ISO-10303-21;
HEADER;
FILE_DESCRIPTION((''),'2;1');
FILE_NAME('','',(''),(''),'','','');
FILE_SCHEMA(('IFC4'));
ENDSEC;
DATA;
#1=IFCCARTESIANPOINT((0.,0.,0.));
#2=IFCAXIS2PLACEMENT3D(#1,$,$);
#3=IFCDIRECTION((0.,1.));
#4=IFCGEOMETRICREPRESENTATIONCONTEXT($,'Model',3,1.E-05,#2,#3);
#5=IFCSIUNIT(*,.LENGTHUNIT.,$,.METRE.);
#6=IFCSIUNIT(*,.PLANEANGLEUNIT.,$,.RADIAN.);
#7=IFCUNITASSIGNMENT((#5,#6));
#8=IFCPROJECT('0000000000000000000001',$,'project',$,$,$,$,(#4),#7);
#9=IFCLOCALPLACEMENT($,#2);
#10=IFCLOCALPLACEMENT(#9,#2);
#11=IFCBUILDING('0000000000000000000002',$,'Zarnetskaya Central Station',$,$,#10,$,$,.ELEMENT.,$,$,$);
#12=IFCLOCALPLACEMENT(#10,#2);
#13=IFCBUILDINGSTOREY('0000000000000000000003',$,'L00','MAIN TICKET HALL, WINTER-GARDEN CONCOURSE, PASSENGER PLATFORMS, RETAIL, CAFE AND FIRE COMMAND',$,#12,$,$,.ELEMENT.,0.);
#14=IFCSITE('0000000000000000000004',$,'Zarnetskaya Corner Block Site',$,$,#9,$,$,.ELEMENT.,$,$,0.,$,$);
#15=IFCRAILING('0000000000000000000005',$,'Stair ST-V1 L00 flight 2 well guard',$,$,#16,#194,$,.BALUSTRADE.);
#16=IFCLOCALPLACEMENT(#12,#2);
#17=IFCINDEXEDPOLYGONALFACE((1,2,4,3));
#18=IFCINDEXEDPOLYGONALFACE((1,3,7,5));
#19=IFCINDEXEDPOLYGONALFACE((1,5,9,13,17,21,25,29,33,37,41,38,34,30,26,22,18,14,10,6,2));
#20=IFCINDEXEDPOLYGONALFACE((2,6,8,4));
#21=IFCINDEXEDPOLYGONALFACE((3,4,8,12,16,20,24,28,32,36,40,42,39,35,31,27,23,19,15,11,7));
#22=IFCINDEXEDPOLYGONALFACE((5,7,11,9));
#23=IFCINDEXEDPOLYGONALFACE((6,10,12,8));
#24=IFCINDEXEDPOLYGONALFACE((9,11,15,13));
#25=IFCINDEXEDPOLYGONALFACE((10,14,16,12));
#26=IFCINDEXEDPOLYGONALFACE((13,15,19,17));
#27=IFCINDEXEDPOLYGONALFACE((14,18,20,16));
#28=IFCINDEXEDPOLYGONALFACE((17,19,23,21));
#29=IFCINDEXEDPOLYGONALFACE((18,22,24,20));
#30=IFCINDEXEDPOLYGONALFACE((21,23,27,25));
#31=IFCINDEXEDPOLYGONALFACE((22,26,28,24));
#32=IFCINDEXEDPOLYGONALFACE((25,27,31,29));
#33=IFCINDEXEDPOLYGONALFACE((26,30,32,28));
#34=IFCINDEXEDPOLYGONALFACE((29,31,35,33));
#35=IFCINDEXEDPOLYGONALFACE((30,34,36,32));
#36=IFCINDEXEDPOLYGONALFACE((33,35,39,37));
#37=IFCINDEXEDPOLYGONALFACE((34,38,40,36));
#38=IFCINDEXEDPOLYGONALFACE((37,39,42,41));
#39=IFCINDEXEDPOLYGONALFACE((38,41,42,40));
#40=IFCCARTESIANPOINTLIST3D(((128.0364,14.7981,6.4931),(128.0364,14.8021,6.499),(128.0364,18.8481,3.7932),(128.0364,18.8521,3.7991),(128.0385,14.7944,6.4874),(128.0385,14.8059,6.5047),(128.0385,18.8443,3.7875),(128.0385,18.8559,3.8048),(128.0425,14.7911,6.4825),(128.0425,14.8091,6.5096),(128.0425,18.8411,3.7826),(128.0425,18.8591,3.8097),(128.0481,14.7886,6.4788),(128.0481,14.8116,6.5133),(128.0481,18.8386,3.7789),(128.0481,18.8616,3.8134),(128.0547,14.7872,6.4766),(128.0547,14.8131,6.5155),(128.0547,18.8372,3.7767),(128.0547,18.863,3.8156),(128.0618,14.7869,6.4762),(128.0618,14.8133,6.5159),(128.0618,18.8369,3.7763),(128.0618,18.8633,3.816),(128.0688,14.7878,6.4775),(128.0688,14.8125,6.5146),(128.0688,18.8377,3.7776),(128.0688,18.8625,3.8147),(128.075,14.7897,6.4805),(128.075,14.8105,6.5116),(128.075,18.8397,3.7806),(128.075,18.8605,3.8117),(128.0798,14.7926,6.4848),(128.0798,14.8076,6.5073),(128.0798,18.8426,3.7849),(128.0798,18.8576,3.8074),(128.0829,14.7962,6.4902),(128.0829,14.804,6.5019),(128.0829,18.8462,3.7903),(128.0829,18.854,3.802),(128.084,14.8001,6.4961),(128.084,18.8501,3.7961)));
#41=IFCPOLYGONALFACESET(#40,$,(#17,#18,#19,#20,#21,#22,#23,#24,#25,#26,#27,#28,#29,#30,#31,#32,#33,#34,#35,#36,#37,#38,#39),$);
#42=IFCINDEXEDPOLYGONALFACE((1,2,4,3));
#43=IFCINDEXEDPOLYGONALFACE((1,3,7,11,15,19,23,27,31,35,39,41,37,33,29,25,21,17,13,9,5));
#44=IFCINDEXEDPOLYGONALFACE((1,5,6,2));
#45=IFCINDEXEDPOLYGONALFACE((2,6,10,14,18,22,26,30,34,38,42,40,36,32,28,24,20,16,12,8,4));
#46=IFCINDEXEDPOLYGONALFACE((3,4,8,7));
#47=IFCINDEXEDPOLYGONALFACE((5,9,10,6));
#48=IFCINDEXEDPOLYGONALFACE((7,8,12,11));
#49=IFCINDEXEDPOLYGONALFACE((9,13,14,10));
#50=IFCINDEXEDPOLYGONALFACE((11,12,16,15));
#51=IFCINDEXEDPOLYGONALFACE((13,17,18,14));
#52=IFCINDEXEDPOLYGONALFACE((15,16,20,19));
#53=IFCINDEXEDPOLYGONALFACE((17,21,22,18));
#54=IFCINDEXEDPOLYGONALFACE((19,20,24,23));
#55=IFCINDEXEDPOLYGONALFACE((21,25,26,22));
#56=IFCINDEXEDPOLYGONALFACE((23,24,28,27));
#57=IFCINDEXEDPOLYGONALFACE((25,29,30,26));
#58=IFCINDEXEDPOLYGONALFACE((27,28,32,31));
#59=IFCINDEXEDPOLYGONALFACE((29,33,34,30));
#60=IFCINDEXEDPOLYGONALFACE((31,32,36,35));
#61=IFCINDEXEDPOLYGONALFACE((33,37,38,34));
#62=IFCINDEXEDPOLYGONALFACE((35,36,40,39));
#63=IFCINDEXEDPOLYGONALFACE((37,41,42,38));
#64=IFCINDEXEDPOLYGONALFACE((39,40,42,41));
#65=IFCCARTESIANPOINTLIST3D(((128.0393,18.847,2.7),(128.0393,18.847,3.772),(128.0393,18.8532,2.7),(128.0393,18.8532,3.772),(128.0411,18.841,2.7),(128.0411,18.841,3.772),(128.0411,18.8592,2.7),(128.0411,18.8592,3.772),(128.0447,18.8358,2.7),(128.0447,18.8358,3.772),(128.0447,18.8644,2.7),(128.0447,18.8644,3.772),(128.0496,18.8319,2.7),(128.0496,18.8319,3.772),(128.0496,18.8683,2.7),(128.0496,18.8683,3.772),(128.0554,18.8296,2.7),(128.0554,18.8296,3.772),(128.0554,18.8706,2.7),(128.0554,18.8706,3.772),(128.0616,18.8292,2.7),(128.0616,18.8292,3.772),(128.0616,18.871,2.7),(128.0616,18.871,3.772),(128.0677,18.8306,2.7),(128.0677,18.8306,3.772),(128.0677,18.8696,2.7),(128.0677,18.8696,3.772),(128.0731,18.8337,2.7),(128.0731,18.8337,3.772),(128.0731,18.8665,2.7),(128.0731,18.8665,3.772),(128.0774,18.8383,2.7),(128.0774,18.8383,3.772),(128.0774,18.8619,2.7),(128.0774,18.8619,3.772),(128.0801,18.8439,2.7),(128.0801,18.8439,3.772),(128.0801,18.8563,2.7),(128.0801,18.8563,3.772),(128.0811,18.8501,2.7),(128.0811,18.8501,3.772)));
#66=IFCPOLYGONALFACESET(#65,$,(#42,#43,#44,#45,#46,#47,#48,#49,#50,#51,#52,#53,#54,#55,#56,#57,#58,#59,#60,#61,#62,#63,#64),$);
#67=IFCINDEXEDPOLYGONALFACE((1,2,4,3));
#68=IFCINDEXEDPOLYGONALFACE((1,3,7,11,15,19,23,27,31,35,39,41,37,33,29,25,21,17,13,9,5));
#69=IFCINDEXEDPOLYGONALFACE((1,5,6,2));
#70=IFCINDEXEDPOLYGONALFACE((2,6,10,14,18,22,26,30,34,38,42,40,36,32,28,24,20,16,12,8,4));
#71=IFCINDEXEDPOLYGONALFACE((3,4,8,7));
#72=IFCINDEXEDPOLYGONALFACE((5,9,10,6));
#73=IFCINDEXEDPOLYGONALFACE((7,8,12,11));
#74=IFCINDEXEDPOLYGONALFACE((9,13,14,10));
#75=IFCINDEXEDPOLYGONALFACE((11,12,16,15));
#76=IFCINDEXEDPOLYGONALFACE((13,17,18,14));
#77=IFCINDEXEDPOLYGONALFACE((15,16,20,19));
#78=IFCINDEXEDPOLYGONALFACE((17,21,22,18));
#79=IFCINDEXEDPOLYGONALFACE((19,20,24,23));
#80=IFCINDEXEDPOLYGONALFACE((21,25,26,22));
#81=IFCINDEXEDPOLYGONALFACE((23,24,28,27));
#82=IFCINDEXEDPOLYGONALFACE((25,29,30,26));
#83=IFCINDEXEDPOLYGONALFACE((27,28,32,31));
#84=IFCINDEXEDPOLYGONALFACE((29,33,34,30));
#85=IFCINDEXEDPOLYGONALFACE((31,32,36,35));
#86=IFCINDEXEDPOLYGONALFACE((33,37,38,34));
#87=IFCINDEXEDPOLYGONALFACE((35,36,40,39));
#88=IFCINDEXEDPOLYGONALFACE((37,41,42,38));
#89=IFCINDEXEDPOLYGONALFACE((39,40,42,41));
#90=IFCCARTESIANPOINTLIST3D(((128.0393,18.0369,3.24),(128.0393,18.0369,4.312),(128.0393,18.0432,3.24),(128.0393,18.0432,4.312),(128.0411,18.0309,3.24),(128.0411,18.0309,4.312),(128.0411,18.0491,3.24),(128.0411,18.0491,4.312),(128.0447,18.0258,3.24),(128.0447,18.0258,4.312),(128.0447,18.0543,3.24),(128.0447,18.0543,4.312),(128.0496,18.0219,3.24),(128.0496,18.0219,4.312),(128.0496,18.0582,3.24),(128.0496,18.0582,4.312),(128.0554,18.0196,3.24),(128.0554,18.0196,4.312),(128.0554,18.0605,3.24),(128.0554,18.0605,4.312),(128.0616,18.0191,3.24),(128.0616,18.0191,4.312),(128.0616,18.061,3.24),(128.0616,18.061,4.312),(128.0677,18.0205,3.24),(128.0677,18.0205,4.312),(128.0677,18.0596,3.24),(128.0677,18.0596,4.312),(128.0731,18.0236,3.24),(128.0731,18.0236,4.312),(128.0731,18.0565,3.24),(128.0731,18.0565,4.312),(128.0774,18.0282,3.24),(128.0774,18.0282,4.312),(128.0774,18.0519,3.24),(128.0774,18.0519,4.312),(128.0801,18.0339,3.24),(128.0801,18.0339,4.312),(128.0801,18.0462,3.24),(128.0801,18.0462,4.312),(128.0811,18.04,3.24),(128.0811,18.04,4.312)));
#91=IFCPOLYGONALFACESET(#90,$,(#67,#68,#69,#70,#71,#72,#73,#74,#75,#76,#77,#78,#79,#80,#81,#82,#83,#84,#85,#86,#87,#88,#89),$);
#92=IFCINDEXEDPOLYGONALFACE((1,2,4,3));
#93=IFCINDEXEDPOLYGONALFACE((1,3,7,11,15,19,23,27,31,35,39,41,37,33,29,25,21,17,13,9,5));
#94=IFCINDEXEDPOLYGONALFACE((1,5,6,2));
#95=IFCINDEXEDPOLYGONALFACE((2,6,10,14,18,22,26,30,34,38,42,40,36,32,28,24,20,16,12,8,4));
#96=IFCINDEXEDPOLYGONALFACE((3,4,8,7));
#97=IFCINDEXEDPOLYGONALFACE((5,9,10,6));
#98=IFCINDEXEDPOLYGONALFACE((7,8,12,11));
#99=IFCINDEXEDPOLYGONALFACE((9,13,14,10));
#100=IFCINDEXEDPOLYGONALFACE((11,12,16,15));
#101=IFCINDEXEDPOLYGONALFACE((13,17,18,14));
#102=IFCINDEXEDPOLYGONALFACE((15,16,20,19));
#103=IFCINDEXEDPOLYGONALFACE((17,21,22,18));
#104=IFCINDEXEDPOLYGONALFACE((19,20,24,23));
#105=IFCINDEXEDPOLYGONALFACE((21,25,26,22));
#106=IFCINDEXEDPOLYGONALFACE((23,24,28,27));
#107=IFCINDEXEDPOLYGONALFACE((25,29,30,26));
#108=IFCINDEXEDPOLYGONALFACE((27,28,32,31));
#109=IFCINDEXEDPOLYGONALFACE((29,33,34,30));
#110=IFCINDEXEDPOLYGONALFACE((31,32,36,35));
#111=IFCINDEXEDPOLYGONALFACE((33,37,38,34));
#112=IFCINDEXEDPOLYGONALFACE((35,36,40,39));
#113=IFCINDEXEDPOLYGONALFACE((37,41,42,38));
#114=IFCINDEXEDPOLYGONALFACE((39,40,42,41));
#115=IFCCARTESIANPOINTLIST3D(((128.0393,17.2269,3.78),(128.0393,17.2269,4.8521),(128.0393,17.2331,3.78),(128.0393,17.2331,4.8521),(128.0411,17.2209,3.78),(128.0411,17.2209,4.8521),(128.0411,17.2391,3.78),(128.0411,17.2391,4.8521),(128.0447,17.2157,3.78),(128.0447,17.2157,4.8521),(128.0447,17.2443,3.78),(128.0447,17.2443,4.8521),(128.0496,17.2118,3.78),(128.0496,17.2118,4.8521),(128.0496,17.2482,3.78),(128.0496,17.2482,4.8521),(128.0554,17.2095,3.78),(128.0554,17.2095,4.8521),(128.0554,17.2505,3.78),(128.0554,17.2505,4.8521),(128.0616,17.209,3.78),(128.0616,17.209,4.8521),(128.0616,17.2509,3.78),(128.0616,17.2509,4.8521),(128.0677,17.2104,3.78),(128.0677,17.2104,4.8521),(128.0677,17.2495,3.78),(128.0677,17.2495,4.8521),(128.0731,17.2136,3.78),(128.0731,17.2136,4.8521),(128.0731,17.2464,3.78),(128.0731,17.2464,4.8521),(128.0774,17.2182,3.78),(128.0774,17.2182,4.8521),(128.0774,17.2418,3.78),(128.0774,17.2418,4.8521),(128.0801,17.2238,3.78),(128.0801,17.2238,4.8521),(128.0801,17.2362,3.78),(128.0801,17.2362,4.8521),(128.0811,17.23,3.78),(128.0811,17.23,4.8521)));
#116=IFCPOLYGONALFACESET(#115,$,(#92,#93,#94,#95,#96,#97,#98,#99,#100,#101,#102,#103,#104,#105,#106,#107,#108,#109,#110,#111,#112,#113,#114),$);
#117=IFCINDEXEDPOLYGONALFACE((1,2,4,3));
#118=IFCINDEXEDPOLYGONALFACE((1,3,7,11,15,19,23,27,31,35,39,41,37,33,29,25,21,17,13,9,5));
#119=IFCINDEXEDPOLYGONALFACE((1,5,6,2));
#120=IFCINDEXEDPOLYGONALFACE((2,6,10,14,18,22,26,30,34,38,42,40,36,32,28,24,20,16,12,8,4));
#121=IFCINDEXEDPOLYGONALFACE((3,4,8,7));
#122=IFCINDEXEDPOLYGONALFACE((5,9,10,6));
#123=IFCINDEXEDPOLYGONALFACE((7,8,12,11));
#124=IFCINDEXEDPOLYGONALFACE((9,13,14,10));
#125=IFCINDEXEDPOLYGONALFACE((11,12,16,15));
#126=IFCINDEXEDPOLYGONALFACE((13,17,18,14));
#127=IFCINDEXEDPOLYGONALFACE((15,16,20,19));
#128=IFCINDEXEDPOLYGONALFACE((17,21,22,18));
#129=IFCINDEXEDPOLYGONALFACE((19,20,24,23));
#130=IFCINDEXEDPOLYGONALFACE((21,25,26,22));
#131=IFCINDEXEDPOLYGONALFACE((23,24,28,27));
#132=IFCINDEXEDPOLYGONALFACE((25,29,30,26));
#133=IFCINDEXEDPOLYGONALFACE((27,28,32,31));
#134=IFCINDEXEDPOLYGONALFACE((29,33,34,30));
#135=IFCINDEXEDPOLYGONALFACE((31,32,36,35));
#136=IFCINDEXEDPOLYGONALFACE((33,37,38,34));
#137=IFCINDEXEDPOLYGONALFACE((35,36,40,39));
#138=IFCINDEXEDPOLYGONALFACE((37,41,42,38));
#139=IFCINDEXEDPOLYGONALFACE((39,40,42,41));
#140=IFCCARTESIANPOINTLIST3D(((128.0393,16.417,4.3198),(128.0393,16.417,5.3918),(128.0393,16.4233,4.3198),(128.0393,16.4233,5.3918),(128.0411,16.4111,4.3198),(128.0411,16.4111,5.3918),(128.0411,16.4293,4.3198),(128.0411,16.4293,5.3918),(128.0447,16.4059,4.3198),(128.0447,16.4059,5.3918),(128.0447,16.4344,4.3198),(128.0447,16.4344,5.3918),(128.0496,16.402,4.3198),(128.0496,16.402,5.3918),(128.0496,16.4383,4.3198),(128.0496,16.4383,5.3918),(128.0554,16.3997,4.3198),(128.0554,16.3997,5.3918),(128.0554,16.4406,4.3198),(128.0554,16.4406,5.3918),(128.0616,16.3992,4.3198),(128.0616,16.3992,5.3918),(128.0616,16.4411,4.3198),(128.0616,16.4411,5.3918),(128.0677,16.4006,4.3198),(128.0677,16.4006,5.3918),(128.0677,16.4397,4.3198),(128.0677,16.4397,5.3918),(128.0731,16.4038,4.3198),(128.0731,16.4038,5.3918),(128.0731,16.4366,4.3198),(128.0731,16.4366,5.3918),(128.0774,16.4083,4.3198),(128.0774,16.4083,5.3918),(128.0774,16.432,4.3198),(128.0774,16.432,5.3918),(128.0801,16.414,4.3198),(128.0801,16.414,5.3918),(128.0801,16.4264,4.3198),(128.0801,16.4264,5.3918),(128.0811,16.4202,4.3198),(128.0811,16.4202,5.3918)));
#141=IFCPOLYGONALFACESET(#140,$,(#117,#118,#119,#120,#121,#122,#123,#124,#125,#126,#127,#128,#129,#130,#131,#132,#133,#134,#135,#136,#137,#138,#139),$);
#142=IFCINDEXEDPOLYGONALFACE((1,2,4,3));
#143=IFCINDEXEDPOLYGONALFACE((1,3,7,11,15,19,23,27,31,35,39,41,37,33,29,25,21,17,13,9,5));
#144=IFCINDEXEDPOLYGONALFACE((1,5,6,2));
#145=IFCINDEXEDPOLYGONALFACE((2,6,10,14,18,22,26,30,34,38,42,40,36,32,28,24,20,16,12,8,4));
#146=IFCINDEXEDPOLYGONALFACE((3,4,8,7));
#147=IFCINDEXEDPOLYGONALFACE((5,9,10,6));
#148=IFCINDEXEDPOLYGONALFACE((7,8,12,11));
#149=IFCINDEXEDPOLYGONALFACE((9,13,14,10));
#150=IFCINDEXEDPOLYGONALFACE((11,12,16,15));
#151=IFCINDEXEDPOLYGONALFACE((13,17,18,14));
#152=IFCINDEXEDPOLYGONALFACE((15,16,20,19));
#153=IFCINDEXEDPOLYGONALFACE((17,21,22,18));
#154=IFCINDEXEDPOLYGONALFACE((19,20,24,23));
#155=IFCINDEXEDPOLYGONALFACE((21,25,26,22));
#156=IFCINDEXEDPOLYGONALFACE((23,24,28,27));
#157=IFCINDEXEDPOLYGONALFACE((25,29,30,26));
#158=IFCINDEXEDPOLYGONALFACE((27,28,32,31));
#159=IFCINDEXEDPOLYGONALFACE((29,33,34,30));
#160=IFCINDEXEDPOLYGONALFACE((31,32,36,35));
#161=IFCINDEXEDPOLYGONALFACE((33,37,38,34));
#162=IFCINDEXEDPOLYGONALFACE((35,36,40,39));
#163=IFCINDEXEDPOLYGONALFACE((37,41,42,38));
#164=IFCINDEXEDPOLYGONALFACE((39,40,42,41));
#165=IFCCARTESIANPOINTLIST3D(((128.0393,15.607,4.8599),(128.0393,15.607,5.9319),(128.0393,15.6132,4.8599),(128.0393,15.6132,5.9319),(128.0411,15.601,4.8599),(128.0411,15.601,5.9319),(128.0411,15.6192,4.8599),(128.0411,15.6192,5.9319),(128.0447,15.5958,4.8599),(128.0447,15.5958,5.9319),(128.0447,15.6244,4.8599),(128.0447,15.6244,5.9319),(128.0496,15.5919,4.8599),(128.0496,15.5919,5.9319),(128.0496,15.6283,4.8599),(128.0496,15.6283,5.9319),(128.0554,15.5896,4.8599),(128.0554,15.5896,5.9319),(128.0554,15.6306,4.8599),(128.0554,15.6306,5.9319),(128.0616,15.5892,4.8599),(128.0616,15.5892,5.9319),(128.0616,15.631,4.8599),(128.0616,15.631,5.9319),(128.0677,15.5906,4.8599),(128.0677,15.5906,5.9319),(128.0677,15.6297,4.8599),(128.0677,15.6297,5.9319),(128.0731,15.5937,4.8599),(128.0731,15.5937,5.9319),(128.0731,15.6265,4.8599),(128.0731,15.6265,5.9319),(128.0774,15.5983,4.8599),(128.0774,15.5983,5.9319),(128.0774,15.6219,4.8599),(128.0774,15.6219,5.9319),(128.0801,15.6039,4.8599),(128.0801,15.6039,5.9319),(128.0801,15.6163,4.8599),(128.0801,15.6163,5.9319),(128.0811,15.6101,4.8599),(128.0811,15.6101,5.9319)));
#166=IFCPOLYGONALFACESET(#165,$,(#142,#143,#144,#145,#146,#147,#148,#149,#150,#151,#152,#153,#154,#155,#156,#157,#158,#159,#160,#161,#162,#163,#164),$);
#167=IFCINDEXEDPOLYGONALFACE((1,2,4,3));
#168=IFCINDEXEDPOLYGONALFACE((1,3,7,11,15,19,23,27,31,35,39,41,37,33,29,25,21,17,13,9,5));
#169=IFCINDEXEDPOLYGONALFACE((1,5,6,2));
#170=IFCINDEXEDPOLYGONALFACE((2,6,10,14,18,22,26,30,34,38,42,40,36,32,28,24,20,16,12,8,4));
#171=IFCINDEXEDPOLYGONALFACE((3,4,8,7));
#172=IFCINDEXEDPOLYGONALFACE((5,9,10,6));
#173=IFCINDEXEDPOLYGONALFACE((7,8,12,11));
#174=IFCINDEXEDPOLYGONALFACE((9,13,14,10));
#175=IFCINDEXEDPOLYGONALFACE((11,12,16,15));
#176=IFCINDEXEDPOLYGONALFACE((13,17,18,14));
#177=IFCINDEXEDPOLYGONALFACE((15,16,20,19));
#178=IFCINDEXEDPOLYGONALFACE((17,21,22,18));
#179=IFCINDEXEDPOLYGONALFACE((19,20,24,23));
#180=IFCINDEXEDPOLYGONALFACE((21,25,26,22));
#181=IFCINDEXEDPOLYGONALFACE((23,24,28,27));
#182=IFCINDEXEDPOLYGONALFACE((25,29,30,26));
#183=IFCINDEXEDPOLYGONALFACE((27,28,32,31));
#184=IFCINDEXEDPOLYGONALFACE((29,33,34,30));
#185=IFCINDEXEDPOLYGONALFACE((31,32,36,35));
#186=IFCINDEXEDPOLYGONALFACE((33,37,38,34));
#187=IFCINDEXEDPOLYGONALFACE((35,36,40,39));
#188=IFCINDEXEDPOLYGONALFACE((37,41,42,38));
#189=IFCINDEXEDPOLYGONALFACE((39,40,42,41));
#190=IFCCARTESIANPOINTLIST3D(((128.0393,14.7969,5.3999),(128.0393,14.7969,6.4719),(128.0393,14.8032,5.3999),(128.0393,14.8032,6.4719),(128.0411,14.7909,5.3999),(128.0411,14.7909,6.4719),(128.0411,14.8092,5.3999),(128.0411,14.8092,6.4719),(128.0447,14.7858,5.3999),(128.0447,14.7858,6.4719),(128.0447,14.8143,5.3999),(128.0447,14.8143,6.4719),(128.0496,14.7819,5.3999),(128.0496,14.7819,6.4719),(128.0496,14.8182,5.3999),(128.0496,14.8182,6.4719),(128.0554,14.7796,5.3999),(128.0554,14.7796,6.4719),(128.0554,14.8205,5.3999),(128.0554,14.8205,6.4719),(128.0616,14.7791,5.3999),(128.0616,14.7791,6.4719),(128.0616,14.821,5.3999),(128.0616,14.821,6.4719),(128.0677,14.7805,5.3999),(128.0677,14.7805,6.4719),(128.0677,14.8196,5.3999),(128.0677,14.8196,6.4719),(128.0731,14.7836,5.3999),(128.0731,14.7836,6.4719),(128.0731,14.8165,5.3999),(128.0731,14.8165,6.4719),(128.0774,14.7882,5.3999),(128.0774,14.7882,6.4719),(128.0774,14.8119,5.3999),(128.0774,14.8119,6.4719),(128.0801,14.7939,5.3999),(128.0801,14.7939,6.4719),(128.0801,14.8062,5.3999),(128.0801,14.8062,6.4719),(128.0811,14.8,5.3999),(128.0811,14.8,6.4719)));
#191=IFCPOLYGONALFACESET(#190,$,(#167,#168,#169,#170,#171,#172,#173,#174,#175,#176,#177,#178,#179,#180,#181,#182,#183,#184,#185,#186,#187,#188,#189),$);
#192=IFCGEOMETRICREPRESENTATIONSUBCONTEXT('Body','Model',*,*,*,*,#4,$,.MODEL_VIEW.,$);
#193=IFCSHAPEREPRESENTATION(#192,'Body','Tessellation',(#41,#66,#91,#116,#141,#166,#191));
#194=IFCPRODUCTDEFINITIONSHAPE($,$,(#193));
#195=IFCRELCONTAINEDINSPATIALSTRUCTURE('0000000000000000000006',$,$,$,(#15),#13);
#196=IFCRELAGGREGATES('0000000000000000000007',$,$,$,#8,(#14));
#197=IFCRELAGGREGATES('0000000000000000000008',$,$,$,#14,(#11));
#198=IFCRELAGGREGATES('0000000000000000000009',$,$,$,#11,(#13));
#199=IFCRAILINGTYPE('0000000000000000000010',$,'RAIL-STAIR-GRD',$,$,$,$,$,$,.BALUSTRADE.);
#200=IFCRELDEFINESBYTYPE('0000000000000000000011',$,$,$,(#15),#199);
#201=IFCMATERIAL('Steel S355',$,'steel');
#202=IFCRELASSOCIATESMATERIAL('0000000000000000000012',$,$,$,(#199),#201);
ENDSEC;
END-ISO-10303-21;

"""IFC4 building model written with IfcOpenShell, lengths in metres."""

from ifc_helpers import new_model, si_unit, direction, frame, origin, origin_2d, place, context, subcontext, project, spatial, circle, extrude, material, type_object, element, save


model = new_model("IFC4")

# Units and contexts
model_context = context("Model", 3, precision=1e-05, world=origin(), true_north=direction((0.0, 1.0)))
body_context = subcontext(model_context, "Body", "Model", "MODEL_VIEW")
ifc_project = project(units=[si_unit("LENGTHUNIT", "METRE"), si_unit("PLANEANGLEUNIT", "RADIAN")], contexts=[model_context])

# Site, building, storey
site_placement = place(None, origin())
site = spatial("IfcSite", under=ifc_project, at=site_placement, Name="Zarnetskaya Corner Block Site", CompositionType="ELEMENT", RefElevation=0.0)
building_placement = place(site_placement, origin())
building = spatial("IfcBuilding", under=site, at=building_placement, Name="Zarnetskaya Central Station", CompositionType="ELEMENT")
storey_placement = place(building_placement, origin())
storey = spatial("IfcBuildingStorey", under=building, at=storey_placement, Name="L00", Description="MAIN TICKET HALL, WINTER-GARDEN CONCOURSE, PASSENGER PLATFORMS, RETAIL, CAFE AND FIRE COMMAND", CompositionType="ELEMENT", Elevation=0.0)

# Shared definitions
ifc_material_1 = material(Name="Steel S355", Category="steel")

# Railing
railing_type_1 = type_object("IfcRailingType", Name="RAIL-STAIR-GRD", PredefinedType="BALUSTRADE", material=ifc_material_1)
railing_1_placement = place(storey_placement, frame((128.0601, 18.8501, 2.7)))
element("IfcRailing", 1, at=railing_1_placement, inside=storey, type_object=railing_type_1, Name="Stair ST-V1 L00 flight 2 well guard", PredefinedType="BALUSTRADE", context=body_context, shape_type="SweptSolid", body=[
    extrude(circle(Radius=0.0239, at=origin_2d()), frame((0.0, 0.0, 1.0962), z_axis=(0.0, -0.832058, 0.554689), x_axis=(1.0, 0.0, 0.0)), (0.0, 0.0, 1.0), 4.8674),
    extrude(circle(Radius=0.021, at=origin_2d()), origin(), (0.0, 0.0, 1.0), 1.072),
    extrude(circle(Radius=0.021, at=origin_2d()), frame((0.0, -0.8101, 0.54)), (0.0, 0.0, 1.0), 1.072),
    extrude(circle(Radius=0.021, at=origin_2d()), frame((0.0, -1.6201, 1.0801)), (0.0, 0.0, 1.0), 1.072),
    extrude(circle(Radius=0.021, at=origin_2d()), frame((0.0, -2.4299, 1.6199)), (0.0, 0.0, 1.0), 1.072),
    extrude(circle(Radius=0.021, at=origin_2d()), frame((0.0, -3.24, 2.1599)), (0.0, 0.0, 1.0), 1.072),
    extrude(circle(Radius=0.021, at=origin_2d()), frame((0.0, -4.05, 2.7)), (0.0, 0.0, 1.0), 1.072),
])

save(model, "model.ifc")
